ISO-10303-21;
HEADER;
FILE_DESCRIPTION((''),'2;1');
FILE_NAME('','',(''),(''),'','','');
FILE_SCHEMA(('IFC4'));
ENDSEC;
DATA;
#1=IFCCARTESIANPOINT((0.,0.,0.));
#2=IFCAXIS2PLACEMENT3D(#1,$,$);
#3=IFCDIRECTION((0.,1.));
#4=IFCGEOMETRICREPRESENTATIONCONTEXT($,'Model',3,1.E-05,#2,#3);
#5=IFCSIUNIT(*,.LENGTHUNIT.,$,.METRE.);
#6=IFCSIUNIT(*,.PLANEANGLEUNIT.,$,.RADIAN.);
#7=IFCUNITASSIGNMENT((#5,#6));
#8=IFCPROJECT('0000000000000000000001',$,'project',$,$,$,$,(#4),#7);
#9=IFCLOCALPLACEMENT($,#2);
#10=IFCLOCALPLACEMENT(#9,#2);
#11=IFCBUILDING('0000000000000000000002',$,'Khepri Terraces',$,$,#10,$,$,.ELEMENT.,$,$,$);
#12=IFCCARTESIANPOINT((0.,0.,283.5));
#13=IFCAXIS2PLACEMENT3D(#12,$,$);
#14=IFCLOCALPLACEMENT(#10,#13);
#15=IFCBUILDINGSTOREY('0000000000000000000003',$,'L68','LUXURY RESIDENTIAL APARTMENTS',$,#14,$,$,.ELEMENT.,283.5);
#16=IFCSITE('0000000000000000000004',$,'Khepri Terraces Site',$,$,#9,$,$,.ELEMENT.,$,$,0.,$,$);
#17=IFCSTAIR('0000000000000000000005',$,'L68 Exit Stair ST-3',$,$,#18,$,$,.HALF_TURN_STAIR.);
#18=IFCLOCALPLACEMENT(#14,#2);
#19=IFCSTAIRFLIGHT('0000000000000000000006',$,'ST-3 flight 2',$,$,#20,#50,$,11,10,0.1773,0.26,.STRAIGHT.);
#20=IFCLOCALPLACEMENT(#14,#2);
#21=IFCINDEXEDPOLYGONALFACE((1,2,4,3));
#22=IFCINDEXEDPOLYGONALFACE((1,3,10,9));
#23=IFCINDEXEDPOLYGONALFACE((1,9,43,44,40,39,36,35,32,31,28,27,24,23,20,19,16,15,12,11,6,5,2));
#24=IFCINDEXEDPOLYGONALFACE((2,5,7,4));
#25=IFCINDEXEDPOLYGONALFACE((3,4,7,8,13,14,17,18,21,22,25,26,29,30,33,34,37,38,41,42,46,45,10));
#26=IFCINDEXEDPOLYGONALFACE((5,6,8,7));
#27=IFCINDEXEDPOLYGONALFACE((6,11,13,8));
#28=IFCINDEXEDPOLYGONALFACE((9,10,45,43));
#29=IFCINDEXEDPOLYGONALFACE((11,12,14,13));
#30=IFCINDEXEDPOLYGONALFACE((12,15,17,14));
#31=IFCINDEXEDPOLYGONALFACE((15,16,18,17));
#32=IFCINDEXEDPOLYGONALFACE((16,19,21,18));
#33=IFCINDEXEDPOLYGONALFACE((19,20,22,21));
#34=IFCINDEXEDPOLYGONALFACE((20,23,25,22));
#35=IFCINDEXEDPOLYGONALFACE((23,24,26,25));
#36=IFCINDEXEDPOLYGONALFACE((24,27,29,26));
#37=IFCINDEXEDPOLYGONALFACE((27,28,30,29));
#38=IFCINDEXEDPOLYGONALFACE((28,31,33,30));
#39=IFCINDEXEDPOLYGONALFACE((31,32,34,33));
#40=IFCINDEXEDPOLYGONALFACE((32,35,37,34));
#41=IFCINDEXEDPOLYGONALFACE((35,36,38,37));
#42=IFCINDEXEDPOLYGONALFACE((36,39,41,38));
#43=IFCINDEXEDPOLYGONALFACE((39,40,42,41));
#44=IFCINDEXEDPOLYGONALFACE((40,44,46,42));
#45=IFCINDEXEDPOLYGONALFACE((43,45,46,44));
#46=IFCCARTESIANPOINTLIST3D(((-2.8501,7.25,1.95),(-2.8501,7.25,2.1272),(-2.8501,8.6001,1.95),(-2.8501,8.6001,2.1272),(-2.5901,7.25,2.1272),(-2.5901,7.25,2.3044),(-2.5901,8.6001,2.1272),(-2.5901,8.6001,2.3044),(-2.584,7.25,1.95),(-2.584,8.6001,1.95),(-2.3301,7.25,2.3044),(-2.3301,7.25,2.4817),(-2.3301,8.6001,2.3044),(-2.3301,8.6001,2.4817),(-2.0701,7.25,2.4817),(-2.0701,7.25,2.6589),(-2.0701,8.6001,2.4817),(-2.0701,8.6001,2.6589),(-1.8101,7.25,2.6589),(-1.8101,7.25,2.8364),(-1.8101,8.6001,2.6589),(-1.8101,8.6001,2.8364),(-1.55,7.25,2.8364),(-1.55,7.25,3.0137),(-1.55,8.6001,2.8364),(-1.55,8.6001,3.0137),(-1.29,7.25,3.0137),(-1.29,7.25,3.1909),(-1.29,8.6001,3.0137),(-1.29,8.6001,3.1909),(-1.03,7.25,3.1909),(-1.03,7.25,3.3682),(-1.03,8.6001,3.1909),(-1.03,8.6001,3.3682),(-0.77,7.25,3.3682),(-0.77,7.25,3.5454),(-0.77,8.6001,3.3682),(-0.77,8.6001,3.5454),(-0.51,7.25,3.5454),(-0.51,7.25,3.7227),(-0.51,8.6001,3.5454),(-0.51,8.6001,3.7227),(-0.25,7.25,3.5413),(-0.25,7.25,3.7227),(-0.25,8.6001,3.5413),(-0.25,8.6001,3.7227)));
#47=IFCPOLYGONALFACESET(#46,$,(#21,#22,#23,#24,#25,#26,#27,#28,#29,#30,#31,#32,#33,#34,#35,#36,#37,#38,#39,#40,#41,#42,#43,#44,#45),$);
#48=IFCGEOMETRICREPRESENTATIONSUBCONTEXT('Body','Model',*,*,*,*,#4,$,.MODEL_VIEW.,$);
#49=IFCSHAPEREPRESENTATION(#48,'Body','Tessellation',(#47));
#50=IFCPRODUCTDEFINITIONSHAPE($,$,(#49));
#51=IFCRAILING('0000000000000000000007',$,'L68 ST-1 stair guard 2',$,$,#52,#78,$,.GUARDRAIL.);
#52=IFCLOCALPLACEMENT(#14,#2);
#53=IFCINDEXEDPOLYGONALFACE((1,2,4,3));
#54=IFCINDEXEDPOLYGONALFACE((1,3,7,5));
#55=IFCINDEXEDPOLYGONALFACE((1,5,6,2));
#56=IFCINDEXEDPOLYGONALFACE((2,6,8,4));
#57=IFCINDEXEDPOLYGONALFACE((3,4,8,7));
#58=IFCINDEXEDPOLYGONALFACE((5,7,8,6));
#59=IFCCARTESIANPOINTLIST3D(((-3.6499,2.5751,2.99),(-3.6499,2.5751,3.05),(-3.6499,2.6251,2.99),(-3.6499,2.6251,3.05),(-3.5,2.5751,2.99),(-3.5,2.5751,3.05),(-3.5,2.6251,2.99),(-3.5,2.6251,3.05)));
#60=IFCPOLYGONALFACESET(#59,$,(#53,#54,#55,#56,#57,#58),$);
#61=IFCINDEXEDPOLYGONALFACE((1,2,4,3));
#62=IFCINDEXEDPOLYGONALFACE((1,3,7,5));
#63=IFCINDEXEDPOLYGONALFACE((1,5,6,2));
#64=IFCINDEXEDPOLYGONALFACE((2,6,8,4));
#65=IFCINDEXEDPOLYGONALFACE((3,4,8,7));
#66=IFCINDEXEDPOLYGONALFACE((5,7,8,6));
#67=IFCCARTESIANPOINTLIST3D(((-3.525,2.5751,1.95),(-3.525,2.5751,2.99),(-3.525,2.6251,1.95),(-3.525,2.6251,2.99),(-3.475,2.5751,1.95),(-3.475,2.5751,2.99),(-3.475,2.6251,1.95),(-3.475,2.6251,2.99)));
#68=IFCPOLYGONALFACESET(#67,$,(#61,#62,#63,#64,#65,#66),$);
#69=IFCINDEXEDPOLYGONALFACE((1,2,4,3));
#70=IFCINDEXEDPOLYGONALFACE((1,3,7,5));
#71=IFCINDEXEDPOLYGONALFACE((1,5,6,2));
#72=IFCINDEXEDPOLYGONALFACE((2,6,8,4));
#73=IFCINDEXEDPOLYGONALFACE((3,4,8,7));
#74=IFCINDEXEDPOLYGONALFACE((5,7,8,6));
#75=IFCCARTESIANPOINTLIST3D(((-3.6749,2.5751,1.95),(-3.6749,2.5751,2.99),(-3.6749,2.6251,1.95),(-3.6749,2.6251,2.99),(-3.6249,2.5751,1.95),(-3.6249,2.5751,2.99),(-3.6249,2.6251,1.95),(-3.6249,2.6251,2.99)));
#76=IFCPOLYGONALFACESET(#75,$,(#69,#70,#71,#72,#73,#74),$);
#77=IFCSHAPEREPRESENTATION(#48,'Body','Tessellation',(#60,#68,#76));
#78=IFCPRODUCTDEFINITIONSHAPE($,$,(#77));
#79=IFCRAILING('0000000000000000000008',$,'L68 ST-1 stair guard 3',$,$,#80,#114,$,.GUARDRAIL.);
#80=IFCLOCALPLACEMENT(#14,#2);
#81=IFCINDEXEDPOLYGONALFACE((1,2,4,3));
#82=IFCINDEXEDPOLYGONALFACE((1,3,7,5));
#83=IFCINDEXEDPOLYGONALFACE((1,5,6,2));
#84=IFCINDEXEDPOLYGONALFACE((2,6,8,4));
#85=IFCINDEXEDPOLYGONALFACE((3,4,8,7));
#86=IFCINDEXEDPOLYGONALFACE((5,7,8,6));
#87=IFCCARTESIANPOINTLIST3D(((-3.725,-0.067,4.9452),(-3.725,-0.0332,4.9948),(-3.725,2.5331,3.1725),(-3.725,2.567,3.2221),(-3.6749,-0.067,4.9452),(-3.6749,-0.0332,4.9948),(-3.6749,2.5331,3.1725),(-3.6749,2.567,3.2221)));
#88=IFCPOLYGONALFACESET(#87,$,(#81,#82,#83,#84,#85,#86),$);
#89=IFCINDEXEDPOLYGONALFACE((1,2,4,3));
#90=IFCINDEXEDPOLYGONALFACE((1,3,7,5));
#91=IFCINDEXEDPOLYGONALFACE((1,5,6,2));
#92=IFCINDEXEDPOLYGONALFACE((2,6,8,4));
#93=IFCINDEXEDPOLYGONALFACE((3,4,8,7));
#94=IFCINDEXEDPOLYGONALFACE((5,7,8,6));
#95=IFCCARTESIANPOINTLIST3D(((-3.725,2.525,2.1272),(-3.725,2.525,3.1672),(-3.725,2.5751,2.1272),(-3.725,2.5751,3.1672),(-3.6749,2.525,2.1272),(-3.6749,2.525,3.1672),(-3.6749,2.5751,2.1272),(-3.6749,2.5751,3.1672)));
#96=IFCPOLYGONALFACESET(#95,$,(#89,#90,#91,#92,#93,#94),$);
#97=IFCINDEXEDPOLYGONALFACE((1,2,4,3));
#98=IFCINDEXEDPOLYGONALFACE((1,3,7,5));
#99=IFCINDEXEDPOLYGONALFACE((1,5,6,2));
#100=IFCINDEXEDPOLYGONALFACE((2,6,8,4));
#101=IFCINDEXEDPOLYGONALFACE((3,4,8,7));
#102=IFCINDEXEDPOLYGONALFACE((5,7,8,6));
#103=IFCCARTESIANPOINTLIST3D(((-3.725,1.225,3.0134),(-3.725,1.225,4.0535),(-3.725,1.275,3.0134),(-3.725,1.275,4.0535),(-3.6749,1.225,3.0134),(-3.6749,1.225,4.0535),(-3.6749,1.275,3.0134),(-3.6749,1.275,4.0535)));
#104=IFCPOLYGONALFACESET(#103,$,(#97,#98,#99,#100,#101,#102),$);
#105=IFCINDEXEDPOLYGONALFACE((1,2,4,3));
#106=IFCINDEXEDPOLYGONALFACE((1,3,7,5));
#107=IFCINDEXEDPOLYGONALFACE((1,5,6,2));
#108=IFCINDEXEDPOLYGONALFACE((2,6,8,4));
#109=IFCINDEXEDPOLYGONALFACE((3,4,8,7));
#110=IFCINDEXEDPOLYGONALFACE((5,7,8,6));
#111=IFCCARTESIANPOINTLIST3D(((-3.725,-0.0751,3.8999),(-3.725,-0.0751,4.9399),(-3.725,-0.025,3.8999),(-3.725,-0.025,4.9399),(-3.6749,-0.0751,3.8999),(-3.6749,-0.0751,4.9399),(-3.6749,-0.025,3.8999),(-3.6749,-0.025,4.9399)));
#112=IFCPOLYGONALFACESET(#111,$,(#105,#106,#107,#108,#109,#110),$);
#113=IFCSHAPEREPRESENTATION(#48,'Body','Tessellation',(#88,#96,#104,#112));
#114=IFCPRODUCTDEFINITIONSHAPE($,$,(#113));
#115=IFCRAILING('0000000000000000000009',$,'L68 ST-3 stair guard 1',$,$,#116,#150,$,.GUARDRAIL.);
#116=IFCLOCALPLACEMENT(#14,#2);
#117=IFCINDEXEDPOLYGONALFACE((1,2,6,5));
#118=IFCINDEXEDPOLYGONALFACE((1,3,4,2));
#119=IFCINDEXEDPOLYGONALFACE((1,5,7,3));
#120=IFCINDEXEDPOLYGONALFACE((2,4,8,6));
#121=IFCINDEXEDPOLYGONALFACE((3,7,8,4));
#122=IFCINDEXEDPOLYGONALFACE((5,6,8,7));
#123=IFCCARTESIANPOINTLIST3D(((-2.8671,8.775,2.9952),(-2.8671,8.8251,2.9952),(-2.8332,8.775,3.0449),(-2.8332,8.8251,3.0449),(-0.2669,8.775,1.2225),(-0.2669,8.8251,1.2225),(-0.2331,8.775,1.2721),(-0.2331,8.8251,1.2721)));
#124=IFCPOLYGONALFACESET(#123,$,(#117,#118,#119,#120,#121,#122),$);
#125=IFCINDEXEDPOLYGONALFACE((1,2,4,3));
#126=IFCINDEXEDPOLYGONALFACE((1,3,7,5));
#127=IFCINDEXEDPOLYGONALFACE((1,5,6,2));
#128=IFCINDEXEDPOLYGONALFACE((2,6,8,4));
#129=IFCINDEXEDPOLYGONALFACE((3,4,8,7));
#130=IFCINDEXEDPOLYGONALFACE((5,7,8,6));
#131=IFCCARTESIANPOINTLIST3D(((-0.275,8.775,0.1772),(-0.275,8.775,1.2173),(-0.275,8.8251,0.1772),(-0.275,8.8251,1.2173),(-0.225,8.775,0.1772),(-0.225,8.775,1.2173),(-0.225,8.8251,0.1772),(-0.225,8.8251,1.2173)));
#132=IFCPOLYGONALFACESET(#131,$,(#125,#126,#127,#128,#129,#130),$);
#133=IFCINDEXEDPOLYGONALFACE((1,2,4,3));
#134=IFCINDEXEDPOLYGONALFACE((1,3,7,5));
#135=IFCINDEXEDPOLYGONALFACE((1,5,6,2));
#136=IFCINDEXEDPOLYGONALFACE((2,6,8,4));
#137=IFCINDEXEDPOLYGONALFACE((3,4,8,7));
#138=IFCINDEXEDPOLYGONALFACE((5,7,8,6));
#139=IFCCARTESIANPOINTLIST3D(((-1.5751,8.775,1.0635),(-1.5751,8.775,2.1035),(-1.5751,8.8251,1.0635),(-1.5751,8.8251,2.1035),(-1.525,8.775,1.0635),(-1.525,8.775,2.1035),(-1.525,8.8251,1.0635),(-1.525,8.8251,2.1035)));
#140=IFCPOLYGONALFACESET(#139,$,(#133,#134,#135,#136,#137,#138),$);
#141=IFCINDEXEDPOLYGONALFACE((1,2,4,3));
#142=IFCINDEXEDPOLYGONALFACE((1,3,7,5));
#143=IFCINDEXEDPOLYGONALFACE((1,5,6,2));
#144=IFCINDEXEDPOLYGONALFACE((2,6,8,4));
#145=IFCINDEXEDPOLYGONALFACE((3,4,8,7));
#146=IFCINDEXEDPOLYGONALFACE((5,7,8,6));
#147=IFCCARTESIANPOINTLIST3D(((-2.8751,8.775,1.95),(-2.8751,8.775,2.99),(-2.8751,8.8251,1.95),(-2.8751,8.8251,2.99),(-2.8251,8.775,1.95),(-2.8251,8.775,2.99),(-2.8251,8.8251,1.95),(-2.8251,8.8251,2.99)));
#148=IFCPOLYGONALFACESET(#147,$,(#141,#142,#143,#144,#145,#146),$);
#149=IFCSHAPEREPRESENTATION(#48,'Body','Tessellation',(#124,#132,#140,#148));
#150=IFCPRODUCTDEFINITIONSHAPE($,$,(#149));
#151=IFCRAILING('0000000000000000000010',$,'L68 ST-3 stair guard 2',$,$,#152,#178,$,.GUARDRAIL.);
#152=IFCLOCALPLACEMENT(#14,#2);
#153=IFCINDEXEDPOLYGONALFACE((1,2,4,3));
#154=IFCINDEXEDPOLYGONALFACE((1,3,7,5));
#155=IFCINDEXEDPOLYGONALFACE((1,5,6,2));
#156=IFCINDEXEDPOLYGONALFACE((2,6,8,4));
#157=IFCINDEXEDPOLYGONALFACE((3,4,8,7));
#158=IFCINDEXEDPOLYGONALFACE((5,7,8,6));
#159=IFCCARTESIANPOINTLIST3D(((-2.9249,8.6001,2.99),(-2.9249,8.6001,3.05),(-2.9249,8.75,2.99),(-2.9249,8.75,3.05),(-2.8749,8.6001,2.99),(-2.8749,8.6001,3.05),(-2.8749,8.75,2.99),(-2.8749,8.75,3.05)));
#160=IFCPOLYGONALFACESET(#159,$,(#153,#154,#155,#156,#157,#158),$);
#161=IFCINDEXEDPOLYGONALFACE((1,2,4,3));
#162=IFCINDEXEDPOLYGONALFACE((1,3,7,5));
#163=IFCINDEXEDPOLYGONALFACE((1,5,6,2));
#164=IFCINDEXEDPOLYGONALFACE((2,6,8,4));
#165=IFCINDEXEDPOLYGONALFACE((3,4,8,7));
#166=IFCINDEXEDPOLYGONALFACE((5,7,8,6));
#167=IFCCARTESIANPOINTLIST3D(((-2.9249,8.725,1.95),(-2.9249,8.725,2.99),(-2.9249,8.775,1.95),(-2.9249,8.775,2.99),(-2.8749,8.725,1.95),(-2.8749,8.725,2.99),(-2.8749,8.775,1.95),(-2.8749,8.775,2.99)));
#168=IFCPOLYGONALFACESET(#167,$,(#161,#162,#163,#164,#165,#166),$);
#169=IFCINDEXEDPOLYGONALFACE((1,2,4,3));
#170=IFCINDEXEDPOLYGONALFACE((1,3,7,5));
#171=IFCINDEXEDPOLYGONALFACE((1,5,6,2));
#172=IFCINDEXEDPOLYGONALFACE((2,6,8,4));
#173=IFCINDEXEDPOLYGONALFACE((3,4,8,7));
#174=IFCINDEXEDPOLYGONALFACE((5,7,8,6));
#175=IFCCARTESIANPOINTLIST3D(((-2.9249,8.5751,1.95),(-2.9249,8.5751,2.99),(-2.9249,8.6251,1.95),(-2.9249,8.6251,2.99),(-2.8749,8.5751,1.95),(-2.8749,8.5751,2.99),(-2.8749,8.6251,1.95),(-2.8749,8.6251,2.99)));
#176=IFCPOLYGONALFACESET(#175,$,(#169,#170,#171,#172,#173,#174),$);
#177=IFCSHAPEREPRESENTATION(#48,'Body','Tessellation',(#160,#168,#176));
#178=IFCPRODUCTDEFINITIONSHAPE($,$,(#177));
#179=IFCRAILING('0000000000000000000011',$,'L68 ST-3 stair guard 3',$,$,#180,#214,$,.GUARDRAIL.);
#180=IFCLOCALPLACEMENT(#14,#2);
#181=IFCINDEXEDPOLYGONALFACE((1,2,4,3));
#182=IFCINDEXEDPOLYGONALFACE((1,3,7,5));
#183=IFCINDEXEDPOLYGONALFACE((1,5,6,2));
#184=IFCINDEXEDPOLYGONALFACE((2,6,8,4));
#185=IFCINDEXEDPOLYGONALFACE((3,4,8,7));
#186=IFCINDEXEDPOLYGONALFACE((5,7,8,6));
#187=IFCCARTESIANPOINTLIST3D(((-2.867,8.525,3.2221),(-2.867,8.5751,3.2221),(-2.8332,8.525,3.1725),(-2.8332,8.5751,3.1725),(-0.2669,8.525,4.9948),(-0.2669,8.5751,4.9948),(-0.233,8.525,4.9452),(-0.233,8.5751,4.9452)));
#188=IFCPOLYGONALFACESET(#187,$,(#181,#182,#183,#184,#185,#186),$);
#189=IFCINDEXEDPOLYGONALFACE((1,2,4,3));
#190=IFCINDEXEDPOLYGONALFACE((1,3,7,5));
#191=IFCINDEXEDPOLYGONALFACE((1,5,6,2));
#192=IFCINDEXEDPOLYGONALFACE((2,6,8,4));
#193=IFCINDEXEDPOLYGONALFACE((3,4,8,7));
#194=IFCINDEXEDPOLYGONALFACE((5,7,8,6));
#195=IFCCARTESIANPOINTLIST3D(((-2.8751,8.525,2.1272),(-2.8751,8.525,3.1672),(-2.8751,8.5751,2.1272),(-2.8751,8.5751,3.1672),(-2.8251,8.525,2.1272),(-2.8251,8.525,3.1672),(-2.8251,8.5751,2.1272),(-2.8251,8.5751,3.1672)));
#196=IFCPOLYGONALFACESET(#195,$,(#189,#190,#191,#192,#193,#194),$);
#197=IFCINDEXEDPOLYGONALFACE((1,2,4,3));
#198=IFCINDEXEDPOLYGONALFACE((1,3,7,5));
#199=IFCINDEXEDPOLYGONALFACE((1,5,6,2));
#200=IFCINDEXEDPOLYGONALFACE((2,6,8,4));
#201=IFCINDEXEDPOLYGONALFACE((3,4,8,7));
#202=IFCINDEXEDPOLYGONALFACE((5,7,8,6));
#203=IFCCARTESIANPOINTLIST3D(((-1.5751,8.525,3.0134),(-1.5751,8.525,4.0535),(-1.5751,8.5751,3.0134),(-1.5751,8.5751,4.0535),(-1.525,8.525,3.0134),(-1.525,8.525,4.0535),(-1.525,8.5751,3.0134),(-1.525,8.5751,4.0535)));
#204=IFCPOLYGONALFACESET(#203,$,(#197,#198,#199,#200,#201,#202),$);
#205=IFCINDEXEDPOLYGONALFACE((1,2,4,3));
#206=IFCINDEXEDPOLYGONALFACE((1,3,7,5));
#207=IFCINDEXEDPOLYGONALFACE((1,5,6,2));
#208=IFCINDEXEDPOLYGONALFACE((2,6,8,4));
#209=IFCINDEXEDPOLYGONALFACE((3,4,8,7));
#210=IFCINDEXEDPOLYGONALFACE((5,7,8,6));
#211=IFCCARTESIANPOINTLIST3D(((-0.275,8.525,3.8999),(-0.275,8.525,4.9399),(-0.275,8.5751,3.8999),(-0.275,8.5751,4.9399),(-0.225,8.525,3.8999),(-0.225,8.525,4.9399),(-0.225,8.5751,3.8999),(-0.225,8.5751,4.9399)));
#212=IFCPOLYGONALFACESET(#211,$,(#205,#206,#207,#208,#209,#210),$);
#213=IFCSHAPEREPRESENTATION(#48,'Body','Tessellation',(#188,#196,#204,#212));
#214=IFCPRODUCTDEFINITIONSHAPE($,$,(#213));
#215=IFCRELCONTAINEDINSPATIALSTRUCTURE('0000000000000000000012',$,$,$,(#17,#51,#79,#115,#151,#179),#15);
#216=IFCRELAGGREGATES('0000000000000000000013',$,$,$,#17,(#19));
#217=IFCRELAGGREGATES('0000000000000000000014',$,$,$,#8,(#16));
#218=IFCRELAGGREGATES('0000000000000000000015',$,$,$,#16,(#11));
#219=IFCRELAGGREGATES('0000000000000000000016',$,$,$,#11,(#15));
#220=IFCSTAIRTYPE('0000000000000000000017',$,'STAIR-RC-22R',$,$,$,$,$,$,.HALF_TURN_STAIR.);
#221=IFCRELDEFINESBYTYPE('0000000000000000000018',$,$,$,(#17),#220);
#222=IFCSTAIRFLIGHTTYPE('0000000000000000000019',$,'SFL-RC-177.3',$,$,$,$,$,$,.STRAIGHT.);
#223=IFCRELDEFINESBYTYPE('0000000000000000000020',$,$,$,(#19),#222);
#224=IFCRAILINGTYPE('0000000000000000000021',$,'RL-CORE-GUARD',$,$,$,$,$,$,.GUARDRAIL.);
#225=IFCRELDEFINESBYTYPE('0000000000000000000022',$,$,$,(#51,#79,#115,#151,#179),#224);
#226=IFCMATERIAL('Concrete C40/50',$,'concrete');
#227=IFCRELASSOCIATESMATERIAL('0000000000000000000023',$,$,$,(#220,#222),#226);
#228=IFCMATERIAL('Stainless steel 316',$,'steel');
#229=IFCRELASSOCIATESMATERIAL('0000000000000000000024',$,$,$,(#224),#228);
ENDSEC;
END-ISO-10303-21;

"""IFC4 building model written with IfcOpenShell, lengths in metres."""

from ifc_helpers import new_model, si_unit, direction, frame, origin, origin_2d, place, context, subcontext, project, spatial, polyline, rectangle, outline, extrude, material, type_object, element, aggregate, save


model = new_model("IFC4")

# Units and contexts
model_context = context("Model", 3, precision=1e-05, world=origin(), true_north=direction((0.0, 1.0)))
body_context = subcontext(model_context, "Body", "Model", "MODEL_VIEW")
ifc_project = project(units=[si_unit("LENGTHUNIT", "METRE"), si_unit("PLANEANGLEUNIT", "RADIAN")], contexts=[model_context])

# Site, building, storey
site_placement = place(None, origin())
site = spatial("IfcSite", under=ifc_project, at=site_placement, Name="Khepri Terraces Site", CompositionType="ELEMENT", RefElevation=0.0)
building_placement = place(site_placement, origin())
building = spatial("IfcBuilding", under=site, at=building_placement, Name="Khepri Terraces", CompositionType="ELEMENT")
storey_placement = place(building_placement, frame((0.0, 0.0, 283.5)))
storey = spatial("IfcBuildingStorey", under=building, at=storey_placement, Name="L68", Description="LUXURY RESIDENTIAL APARTMENTS", CompositionType="ELEMENT", Elevation=283.5)

# Shared definitions
ifc_material_1 = material(Name="Concrete C40/50", Category="concrete")

# Stair, stair flight
stair_type = type_object("IfcStairType", Name="STAIR-RC-22R", PredefinedType="HALF_TURN_STAIR", material=ifc_material_1)
stair_flight_type = type_object("IfcStairFlightType", Name="SFL-RC-177.3", PredefinedType="STRAIGHT", material=ifc_material_1)
stair_1_placement = place(storey_placement, origin())
stair_1 = element("IfcStair", 1, at=stair_1_placement, inside=storey, type_object=stair_type, Name="L68 Exit Stair ST-3", PredefinedType="HALF_TURN_STAIR")
stair_flight_1_placement = place(storey_placement, frame((-2.8501, 7.925, 1.95), z_axis=(0.0, 0.0, 1.0), x_axis=(1.0, 0.0, 0.0)))
stair_flight_1 = element("IfcStairFlight", 2, at=stair_flight_1_placement, type_object=stair_flight_type, Name="ST-3 flight 2", NumberOfRisers=11, NumberOfTreads=10, PredefinedType="STRAIGHT", RiserHeight=0.1773, TreadLength=0.26, context=body_context, shape_type="SweptSolid", body=[
    extrude(outline(polyline([(0.0, 0.0), (0.0, 0.1772), (0.26, 0.1772), (0.26, 0.3545), (0.52, 0.3545), (0.52, 0.5317), (0.78, 0.5317), (0.78, 0.709), (1.04, 0.709), (1.04, 0.8865), (1.3, 0.8865), (1.3, 1.0637), (1.5601, 1.0637), (1.5601, 1.241), (1.8201, 1.241), (1.8201, 1.4182), (2.0801, 1.4182), (2.0801, 1.5955), (2.3401, 1.5955), (2.3401, 1.7727), (2.6001, 1.7727), (2.6001, 1.95), (2.6001, 1.5913), (0.2661, 0.0), (0.0, 0.0)])), frame((0.0, 0.675, 0.0), z_axis=(0.0, -1.0, 0.0), x_axis=(1.0, 0.0, 0.0)), (0.0, 0.0, 1.0), 1.3501),
])
aggregate(stair_1, [stair_flight_1])

# Railings
ifc_material_2 = material(Name="Stainless steel 316", Category="steel")
railing_type_1 = type_object("IfcRailingType", Name="RL-CORE-GUARD", PredefinedType="GUARDRAIL", material=ifc_material_2)
railing_1_placement = place(storey_placement, frame((-3.5, 2.6001, 1.95)))
element("IfcRailing", 3, at=railing_1_placement, inside=storey, type_object=railing_type_1, Name="L68 ST-1 stair guard 2", PredefinedType="GUARDRAIL", context=body_context, shape_type="SweptSolid", body=[
    extrude(rectangle(XDim=0.05, YDim=0.0601, at=origin_2d()), frame((0.0, 0.0, 1.0701), z_axis=(-1.0, 0.0, 0.0), x_axis=(0.0, -1.0, 0.0)), (0.0, 0.0, 1.0), 0.1499),
    extrude(rectangle(XDim=0.05, YDim=0.05, at=origin_2d()), origin(), (0.0, 0.0, 1.0), 1.04),
    extrude(rectangle(XDim=0.05, YDim=0.05, at=origin_2d()), frame((-0.1499, 0.0, 0.0)), (0.0, 0.0, 1.0), 1.04),
])
railing_2_placement = place(storey_placement, frame((-3.7, 2.55, 2.1272)))
element("IfcRailing", 4, at=railing_2_placement, inside=storey, type_object=railing_type_1, Name="L68 ST-1 stair guard 3", PredefinedType="GUARDRAIL", context=body_context, shape_type="SweptSolid", body=[
    extrude(rectangle(XDim=0.05, YDim=0.0601, at=origin_2d()), frame((0.0, 0.0, 1.0701), z_axis=(0.0, -0.82624, 0.563318), x_axis=(1.0, 0.0, 0.0)), (0.0, 0.0, 1.0), 3.147),
    extrude(rectangle(XDim=0.05, YDim=0.05, at=origin_2d()), origin(), (0.0, 0.0, 1.0), 1.04),
    extrude(rectangle(XDim=0.05, YDim=0.05, at=origin_2d()), frame((0.0, -1.3, 0.8862)), (0.0, 0.0, 1.0), 1.04),
    extrude(rectangle(XDim=0.05, YDim=0.05, at=origin_2d()), frame((0.0, -2.6001, 1.7727)), (0.0, 0.0, 1.0), 1.04),
])
railing_3_placement = place(storey_placement, frame((-0.25, 8.8, 0.1772)))
element("IfcRailing", 5, at=railing_3_placement, inside=storey, type_object=railing_type_1, Name="L68 ST-3 stair guard 1", PredefinedType="GUARDRAIL", context=body_context, shape_type="SweptSolid", body=[
    extrude(rectangle(XDim=0.05, YDim=0.0601, at=origin_2d()), frame((0.0, 0.0, 1.0701), z_axis=(-0.82624, 0.0, 0.563318), x_axis=(0.0, -1.0, 0.0)), (0.0, 0.0, 1.0), 3.147),
    extrude(rectangle(XDim=0.05, YDim=0.05, at=origin_2d()), origin(), (0.0, 0.0, 1.0), 1.04),
    extrude(rectangle(XDim=0.05, YDim=0.05, at=origin_2d()), frame((-1.3, 0.0, 0.8862)), (0.0, 0.0, 1.0), 1.04),
    extrude(rectangle(XDim=0.05, YDim=0.05, at=origin_2d()), frame((-2.6001, 0.0, 1.7727)), (0.0, 0.0, 1.0), 1.04),
])
railing_4_placement = place(storey_placement, frame((-2.8999, 8.75, 1.95)))
element("IfcRailing", 6, at=railing_4_placement, inside=storey, type_object=railing_type_1, Name="L68 ST-3 stair guard 2", PredefinedType="GUARDRAIL", context=body_context, shape_type="SweptSolid", body=[
    extrude(rectangle(XDim=0.05, YDim=0.0601, at=origin_2d()), frame((0.0, 0.0, 1.0701), z_axis=(0.0, -1.0, 0.0), x_axis=(1.0, 0.0, 0.0)), (0.0, 0.0, 1.0), 0.1499),
    extrude(rectangle(XDim=0.05, YDim=0.05, at=origin_2d()), origin(), (0.0, 0.0, 1.0), 1.04),
    extrude(rectangle(XDim=0.05, YDim=0.05, at=origin_2d()), frame((0.0, -0.1499, 0.0)), (0.0, 0.0, 1.0), 1.04),
])
railing_5_placement = place(storey_placement, frame((-2.8501, 8.55, 2.1272)))
element("IfcRailing", 7, at=railing_5_placement, inside=storey, type_object=railing_type_1, Name="L68 ST-3 stair guard 3", PredefinedType="GUARDRAIL", context=body_context, shape_type="SweptSolid", body=[
    extrude(rectangle(XDim=0.05, YDim=0.0601, at=origin_2d()), frame((0.0, 0.0, 1.0701), z_axis=(0.82624, 0.0, 0.563318), x_axis=(0.0, 1.0, 0.0)), (0.0, 0.0, 1.0), 3.147),
    extrude(rectangle(XDim=0.05, YDim=0.05, at=origin_2d()), origin(), (0.0, 0.0, 1.0), 1.04),
    extrude(rectangle(XDim=0.05, YDim=0.05, at=origin_2d()), frame((1.3, 0.0, 0.8862)), (0.0, 0.0, 1.0), 1.04),
    extrude(rectangle(XDim=0.05, YDim=0.05, at=origin_2d()), frame((2.6001, 0.0, 1.7727)), (0.0, 0.0, 1.0), 1.04),
])

save(model, "model.ifc")
